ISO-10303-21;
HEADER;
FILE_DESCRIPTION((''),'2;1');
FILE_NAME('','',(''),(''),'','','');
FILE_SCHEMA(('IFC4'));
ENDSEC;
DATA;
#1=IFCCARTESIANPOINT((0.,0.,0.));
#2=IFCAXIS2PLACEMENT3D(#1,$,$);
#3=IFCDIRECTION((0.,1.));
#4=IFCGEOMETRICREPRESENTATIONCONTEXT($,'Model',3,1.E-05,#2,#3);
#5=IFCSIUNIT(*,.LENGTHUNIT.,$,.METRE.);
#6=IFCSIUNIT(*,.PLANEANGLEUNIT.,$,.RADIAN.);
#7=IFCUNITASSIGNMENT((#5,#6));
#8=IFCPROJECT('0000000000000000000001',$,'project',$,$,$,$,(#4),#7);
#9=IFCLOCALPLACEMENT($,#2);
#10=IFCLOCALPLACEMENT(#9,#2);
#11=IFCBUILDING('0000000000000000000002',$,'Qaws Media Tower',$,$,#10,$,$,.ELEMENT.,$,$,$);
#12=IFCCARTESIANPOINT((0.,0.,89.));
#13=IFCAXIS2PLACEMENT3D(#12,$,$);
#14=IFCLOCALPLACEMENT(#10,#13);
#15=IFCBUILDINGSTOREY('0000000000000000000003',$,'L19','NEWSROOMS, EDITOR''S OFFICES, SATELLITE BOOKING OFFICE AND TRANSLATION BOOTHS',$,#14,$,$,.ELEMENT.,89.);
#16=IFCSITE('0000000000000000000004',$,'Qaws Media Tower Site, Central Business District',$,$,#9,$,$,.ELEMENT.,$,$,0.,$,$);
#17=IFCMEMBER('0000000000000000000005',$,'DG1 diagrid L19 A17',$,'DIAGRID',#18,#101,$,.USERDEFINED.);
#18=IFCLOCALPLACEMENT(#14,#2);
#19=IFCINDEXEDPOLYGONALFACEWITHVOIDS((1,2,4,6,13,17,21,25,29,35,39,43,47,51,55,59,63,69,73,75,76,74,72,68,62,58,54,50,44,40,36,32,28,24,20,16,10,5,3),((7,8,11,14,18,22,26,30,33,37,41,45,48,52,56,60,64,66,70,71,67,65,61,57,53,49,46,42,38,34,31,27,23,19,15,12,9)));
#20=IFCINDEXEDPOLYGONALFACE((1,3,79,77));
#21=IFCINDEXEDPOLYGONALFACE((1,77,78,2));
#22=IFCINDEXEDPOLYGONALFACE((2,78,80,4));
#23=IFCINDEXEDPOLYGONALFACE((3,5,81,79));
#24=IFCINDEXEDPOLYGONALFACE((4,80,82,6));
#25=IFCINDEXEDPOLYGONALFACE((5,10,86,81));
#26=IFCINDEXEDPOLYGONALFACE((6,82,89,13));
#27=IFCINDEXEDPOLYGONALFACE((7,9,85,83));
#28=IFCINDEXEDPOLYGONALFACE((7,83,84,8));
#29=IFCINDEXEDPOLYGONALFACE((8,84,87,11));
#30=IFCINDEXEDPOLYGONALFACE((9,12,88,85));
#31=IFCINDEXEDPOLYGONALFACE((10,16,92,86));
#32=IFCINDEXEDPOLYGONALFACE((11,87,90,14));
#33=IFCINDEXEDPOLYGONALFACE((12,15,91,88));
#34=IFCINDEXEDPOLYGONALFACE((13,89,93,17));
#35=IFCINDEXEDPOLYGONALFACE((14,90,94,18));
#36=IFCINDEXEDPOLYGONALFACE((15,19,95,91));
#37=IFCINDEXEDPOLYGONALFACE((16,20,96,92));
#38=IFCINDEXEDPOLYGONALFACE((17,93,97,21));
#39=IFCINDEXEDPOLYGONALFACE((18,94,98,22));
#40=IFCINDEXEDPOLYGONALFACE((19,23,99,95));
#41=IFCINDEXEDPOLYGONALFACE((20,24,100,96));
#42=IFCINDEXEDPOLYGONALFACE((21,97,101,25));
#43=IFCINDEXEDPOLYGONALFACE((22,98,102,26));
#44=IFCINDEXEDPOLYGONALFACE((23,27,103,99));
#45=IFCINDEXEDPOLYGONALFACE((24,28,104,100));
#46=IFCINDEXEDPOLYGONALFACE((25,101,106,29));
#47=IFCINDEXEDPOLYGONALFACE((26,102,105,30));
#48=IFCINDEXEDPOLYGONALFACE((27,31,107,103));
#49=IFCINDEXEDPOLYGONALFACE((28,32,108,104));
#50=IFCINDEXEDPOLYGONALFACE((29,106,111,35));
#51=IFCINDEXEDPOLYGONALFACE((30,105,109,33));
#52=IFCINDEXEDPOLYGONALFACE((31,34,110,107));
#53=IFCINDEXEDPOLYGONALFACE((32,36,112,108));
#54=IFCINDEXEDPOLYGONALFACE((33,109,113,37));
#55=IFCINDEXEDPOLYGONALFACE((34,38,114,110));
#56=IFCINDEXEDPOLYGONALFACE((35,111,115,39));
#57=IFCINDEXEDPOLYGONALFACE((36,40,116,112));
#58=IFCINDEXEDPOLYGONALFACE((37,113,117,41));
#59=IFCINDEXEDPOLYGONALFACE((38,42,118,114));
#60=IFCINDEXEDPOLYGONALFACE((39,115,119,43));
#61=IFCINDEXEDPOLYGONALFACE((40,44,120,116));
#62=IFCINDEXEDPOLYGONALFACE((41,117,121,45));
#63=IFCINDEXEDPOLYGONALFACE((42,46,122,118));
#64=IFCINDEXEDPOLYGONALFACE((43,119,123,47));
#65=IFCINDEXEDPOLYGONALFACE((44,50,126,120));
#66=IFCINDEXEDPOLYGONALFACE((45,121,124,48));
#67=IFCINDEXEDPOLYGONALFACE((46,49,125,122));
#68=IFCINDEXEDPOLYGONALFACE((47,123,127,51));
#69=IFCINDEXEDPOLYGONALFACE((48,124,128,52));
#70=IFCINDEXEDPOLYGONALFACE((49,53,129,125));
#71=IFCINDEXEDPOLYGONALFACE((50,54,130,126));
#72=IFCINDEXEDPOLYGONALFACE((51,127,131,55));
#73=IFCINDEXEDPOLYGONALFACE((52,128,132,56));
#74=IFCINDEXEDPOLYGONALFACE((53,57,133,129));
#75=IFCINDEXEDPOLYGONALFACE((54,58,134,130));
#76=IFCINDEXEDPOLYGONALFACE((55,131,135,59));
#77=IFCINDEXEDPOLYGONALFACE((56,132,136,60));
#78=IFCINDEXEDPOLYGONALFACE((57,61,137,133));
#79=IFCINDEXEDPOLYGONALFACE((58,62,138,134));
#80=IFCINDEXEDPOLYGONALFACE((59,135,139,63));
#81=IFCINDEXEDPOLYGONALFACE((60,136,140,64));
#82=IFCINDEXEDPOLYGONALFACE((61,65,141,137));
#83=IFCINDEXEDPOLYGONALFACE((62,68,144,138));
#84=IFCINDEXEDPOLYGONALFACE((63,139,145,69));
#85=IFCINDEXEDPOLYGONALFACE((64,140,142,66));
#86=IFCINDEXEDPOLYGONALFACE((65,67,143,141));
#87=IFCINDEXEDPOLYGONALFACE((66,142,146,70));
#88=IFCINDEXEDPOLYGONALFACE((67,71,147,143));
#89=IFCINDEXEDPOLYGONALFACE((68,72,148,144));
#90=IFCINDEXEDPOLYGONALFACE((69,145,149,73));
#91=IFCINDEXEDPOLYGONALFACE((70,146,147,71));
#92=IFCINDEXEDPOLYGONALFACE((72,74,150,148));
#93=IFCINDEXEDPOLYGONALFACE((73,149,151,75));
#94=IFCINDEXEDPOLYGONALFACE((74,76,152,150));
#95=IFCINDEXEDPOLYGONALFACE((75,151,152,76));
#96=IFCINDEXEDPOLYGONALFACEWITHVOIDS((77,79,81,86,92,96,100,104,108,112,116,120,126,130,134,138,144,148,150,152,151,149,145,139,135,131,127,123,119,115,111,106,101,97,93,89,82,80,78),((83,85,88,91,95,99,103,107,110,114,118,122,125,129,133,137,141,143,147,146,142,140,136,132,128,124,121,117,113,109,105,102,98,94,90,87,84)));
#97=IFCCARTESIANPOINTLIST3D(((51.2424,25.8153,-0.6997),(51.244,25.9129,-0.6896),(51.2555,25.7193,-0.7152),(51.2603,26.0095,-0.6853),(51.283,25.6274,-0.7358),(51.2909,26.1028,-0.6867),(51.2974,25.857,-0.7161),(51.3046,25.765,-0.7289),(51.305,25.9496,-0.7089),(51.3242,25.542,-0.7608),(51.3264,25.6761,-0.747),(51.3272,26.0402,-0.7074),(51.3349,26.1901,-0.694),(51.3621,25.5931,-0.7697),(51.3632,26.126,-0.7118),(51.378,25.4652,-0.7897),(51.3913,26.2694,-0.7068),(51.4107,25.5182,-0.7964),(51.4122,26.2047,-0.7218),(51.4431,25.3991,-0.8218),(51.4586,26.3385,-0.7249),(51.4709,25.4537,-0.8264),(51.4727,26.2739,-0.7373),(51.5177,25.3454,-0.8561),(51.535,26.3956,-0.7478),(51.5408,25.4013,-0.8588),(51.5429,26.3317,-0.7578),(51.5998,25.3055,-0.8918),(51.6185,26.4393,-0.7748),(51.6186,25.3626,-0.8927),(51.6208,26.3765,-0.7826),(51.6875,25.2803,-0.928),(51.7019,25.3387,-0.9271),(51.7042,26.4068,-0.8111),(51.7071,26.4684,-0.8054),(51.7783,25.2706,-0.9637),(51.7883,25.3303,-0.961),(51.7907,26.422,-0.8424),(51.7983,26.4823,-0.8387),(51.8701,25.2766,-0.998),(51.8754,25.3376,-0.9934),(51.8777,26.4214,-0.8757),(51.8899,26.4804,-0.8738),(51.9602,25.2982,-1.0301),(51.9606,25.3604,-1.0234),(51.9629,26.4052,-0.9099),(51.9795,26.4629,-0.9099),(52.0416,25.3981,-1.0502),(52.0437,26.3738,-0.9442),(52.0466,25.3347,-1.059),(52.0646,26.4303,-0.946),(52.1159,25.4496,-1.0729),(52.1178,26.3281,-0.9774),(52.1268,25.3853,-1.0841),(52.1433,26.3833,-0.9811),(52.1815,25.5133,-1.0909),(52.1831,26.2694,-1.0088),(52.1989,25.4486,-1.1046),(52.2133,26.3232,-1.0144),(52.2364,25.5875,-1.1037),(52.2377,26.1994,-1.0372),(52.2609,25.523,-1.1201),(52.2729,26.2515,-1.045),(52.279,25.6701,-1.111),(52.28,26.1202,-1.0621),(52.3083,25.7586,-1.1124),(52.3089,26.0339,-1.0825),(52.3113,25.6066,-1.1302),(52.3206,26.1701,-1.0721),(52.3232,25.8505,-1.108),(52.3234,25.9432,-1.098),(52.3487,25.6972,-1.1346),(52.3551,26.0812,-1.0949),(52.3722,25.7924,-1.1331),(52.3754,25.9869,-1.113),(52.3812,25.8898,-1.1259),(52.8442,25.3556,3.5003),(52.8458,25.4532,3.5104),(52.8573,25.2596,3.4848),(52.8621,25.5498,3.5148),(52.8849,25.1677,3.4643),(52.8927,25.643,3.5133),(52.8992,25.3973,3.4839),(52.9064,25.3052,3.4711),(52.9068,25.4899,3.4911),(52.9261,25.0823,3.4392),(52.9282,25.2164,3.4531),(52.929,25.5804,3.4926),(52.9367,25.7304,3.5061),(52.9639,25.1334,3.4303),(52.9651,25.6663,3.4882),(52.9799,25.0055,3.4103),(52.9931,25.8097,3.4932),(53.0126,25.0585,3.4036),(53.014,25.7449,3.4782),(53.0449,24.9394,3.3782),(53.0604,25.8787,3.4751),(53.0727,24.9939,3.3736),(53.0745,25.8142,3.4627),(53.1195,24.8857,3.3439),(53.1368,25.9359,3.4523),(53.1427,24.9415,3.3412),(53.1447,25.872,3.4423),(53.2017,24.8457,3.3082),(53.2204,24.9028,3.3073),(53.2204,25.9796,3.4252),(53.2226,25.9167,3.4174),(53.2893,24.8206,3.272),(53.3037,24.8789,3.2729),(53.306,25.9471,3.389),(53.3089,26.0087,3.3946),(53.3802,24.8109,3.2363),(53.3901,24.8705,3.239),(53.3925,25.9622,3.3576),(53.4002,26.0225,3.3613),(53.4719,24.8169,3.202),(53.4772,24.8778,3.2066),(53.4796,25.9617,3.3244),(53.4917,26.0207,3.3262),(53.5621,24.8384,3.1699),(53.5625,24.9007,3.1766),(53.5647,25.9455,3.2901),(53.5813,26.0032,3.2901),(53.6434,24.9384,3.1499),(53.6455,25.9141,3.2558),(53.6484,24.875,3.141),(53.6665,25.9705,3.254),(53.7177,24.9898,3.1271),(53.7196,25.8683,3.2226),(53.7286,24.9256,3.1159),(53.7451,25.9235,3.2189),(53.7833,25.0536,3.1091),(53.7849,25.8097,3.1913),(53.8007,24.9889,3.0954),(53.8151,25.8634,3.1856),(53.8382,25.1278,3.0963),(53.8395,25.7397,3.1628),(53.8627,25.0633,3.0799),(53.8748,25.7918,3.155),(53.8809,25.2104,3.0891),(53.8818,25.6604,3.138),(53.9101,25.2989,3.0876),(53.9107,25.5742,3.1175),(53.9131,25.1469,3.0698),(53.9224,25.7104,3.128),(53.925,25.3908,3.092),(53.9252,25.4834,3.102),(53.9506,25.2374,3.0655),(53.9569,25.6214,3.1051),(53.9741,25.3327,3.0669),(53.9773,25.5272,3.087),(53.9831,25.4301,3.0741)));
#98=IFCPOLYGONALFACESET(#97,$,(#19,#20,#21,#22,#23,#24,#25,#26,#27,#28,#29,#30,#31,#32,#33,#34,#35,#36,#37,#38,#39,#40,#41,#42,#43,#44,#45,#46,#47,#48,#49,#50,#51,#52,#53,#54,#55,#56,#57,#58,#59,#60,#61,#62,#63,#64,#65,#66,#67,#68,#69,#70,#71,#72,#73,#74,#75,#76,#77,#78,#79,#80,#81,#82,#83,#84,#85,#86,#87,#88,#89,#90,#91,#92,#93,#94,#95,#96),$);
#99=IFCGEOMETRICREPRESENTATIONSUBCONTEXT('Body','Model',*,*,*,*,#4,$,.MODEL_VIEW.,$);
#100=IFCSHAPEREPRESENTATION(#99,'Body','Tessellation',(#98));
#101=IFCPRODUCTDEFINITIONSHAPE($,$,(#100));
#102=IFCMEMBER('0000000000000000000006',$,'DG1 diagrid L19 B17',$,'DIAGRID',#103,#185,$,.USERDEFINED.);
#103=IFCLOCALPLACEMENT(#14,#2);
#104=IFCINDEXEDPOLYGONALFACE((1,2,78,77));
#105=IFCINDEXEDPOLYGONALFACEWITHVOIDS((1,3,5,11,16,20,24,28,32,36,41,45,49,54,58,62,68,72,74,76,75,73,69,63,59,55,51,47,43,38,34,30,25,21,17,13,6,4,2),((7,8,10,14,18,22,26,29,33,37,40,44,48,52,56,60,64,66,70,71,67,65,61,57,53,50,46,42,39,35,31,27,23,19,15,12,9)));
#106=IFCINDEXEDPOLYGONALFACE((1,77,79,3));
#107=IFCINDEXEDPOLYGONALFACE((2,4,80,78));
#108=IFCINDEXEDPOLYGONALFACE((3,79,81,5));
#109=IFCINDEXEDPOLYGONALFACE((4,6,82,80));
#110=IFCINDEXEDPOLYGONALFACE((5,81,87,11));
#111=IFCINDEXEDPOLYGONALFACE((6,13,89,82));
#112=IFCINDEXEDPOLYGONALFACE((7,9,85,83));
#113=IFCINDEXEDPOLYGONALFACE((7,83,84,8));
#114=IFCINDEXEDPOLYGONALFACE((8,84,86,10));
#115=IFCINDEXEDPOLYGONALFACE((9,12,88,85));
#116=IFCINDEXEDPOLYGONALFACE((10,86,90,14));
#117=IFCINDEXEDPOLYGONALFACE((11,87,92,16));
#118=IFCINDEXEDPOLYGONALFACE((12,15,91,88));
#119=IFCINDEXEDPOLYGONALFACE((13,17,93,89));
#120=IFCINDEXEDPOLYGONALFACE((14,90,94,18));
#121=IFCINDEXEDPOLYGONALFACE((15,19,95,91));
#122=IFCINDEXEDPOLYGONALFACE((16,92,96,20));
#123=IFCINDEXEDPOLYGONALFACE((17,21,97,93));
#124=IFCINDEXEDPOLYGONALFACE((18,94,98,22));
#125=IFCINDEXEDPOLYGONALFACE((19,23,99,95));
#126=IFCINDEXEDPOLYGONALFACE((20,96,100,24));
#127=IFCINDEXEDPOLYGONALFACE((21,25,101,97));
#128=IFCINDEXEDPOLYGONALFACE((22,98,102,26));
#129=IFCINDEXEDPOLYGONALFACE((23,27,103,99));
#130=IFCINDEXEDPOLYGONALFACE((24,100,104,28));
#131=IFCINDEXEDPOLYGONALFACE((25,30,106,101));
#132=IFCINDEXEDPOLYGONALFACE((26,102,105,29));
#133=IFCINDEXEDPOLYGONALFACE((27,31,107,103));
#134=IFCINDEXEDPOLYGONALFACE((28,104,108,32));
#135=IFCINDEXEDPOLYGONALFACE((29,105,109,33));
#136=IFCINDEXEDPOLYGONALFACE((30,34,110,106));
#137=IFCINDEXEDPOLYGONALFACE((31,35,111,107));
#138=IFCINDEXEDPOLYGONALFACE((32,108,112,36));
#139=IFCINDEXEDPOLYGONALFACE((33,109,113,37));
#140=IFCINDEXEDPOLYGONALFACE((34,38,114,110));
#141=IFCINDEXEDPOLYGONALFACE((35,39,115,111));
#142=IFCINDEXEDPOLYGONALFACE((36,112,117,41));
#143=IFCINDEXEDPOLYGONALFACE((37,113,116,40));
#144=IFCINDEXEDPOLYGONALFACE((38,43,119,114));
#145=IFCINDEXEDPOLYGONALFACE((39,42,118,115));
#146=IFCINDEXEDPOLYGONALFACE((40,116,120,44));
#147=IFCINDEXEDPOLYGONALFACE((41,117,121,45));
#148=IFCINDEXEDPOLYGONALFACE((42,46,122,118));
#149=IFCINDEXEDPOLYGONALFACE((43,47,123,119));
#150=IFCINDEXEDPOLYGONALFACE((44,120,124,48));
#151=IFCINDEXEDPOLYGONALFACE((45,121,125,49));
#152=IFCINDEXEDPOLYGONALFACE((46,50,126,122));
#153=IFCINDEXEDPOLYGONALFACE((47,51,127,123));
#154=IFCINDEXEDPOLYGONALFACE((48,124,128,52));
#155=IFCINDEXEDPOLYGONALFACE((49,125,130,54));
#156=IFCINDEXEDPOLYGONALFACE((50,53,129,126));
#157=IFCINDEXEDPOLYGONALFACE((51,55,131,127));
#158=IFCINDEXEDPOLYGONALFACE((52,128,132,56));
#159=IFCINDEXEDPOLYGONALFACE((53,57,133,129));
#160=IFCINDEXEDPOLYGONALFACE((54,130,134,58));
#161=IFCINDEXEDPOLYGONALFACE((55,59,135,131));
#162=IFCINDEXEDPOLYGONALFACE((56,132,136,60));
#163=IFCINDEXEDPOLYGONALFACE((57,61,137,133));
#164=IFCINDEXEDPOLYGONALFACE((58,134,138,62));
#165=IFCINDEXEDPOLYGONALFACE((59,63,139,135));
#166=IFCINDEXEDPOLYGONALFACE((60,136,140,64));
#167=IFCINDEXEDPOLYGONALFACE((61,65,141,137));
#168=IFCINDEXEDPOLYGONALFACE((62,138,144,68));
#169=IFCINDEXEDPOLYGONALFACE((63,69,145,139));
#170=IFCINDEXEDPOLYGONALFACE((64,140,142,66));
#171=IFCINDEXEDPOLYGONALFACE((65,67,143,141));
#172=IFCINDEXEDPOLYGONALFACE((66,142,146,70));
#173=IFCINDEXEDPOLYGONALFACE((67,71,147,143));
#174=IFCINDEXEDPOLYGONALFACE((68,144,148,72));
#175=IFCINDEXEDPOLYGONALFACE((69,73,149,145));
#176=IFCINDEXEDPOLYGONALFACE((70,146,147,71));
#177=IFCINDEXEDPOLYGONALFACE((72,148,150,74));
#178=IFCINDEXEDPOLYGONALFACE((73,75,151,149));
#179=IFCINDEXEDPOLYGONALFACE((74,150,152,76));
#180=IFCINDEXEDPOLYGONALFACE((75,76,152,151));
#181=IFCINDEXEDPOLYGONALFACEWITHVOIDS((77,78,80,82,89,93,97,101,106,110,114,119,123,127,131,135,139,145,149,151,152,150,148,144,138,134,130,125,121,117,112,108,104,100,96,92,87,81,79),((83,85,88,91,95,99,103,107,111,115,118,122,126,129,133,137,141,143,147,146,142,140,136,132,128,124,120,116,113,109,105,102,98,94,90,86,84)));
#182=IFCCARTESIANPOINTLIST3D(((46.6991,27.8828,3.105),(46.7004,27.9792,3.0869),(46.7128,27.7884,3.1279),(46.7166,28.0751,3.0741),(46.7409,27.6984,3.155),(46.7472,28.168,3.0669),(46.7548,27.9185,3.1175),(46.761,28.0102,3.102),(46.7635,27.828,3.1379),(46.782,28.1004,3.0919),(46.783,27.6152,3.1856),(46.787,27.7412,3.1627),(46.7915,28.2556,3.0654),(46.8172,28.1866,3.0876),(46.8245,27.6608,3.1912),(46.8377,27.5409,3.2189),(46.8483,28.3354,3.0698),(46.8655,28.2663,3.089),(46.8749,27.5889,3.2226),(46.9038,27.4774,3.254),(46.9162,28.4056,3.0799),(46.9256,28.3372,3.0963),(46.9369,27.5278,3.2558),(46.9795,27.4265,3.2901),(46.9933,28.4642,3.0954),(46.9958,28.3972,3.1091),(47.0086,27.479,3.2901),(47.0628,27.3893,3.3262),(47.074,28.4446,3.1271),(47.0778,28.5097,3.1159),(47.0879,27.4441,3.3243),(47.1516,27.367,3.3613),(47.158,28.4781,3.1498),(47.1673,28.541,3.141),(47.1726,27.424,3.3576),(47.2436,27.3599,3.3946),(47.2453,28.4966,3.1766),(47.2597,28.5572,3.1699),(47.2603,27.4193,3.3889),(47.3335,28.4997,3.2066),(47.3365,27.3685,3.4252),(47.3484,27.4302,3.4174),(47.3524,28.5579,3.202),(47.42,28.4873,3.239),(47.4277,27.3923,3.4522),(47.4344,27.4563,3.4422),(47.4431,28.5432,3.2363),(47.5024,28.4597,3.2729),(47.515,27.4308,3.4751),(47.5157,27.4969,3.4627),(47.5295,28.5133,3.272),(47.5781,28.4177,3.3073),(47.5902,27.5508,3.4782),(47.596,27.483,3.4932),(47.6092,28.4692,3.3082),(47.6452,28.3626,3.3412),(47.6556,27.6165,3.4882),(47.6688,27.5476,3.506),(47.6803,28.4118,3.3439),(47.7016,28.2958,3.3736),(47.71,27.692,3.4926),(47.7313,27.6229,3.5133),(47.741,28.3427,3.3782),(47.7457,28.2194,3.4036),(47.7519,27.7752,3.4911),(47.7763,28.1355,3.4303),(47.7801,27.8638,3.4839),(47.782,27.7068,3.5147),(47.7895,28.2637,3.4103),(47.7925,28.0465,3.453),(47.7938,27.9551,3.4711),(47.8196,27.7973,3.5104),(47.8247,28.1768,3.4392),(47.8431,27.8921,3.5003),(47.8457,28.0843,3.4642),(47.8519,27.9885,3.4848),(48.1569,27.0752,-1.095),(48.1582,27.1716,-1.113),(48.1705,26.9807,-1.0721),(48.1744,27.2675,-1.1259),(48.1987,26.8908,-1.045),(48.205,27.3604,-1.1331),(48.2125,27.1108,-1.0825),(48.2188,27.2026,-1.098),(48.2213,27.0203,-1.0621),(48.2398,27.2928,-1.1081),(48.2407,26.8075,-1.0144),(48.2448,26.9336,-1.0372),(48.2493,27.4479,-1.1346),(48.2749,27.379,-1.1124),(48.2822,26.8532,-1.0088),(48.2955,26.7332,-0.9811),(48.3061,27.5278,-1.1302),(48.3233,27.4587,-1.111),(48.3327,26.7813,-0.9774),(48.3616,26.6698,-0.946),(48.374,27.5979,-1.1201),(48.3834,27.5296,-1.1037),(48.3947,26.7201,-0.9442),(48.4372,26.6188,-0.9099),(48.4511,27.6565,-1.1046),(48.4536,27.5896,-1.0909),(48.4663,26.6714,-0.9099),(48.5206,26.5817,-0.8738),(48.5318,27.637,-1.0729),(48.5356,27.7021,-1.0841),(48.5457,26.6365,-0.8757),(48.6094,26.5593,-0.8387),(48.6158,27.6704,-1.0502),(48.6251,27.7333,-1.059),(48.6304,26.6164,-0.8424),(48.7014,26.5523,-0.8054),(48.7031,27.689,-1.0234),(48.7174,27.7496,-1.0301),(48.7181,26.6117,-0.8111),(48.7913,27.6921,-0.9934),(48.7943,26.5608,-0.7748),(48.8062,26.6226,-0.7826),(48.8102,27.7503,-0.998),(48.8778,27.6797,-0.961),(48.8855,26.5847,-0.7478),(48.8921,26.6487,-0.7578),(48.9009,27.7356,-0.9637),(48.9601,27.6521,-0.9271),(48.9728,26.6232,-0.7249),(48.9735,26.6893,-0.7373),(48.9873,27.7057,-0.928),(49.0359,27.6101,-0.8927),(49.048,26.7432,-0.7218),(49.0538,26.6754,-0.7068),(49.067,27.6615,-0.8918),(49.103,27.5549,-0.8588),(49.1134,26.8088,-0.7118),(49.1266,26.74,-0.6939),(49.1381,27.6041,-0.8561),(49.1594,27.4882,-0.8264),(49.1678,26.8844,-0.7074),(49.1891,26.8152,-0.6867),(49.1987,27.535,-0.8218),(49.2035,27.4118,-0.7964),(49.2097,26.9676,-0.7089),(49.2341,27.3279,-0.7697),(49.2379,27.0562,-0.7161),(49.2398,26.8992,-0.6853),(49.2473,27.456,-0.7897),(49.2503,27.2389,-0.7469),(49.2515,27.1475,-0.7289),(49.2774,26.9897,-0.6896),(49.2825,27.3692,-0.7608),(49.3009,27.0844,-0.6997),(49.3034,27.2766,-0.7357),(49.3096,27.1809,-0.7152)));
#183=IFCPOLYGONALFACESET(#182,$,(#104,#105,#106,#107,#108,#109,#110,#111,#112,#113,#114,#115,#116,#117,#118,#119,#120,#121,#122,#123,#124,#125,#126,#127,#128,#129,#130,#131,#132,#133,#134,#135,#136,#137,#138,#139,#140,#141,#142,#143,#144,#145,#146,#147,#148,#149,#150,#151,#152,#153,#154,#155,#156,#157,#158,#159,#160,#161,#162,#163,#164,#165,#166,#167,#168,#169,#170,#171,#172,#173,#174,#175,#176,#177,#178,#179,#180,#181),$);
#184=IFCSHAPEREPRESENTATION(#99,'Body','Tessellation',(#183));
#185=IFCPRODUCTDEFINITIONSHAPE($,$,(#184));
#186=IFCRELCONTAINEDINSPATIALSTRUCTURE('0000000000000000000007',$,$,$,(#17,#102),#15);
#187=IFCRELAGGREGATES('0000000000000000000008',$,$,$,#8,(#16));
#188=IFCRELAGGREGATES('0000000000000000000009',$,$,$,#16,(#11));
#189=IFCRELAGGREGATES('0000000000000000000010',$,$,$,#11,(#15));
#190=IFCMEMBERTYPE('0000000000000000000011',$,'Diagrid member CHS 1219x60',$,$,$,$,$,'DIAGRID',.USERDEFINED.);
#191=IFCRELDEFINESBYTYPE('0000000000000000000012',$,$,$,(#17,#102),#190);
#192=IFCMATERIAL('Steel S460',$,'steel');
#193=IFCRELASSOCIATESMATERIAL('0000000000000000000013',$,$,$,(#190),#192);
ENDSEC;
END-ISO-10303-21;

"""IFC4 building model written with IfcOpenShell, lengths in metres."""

from ifc_helpers import new_model, si_unit, direction, frame, origin, origin_2d, place, context, subcontext, project, spatial, hollow_circle, extrude, material, material_profile, profile_set, type_object, element, save


model = new_model("IFC4")

# Units and contexts
model_context = context("Model", 3, precision=1e-05, world=origin(), true_north=direction((0.0, 1.0)))
body_context = subcontext(model_context, "Body", "Model", "MODEL_VIEW")
ifc_project = project(units=[si_unit("LENGTHUNIT", "METRE"), si_unit("PLANEANGLEUNIT", "RADIAN")], contexts=[model_context])

# Site, building, storey
site_placement = place(None, origin())
site = spatial("IfcSite", under=ifc_project, at=site_placement, Name="Qaws Media Tower Site, Central Business District", CompositionType="ELEMENT", RefElevation=0.0)
building_placement = place(site_placement, origin())
building = spatial("IfcBuilding", under=site, at=building_placement, Name="Qaws Media Tower", CompositionType="ELEMENT")
storey_placement = place(building_placement, frame((0.0, 0.0, 89.0)))
storey = spatial("IfcBuildingStorey", under=building, at=storey_placement, Name="L19", Description="NEWSROOMS, EDITOR'S OFFICES, SATELLITE BOOKING OFFICE AND TRANSLATION BOOTHS", CompositionType="ELEMENT", Elevation=89.0)

# Members
ifc_material_1 = material(Name="Steel S460", Category="steel")
ifc_material_profile_1 = material_profile(ifc_material_1, hollow_circle(Radius=0.6096, WallThickness=0.0601, at=origin_2d()), Name="CHS 1219x60")
ifc_profile_set_1 = profile_set([ifc_material_profile_1], Name="Steel S460")
member_type_1 = type_object("IfcMemberType", Name="Diagrid member CHS 1219x60", ElementType="DIAGRID", PredefinedType="USERDEFINED", material=ifc_profile_set_1)
for number, where, z_axis, x_axis, name in (
    (1, (51.8113, 25.877, -0.9099), (0.354501, -0.101741, 0.929504), (0.275863, 0.961197, 0.0), "DG1 diagrid L19 A17"),
    (2, (48.7327, 27.1521, -0.9099), (-0.322621, 0.178735, 0.9295), (-0.48461, -0.87473, 0.0), "DG1 diagrid L19 B17"),
):
    element("IfcMember", number, at=place(storey_placement, frame(where, z_axis=z_axis, x_axis=x_axis)), inside=storey, type_object=member_type_1, Name=name, ObjectType="DIAGRID", PredefinedType="USERDEFINED", context=body_context, shape_type="SweptSolid", body=[
        extrude(hollow_circle(Radius=0.6096, WallThickness=0.0601, at=origin_2d()), origin(), (0.0, 0.0, 1.0), 4.5186),
    ])

save(model, "model.ifc")
